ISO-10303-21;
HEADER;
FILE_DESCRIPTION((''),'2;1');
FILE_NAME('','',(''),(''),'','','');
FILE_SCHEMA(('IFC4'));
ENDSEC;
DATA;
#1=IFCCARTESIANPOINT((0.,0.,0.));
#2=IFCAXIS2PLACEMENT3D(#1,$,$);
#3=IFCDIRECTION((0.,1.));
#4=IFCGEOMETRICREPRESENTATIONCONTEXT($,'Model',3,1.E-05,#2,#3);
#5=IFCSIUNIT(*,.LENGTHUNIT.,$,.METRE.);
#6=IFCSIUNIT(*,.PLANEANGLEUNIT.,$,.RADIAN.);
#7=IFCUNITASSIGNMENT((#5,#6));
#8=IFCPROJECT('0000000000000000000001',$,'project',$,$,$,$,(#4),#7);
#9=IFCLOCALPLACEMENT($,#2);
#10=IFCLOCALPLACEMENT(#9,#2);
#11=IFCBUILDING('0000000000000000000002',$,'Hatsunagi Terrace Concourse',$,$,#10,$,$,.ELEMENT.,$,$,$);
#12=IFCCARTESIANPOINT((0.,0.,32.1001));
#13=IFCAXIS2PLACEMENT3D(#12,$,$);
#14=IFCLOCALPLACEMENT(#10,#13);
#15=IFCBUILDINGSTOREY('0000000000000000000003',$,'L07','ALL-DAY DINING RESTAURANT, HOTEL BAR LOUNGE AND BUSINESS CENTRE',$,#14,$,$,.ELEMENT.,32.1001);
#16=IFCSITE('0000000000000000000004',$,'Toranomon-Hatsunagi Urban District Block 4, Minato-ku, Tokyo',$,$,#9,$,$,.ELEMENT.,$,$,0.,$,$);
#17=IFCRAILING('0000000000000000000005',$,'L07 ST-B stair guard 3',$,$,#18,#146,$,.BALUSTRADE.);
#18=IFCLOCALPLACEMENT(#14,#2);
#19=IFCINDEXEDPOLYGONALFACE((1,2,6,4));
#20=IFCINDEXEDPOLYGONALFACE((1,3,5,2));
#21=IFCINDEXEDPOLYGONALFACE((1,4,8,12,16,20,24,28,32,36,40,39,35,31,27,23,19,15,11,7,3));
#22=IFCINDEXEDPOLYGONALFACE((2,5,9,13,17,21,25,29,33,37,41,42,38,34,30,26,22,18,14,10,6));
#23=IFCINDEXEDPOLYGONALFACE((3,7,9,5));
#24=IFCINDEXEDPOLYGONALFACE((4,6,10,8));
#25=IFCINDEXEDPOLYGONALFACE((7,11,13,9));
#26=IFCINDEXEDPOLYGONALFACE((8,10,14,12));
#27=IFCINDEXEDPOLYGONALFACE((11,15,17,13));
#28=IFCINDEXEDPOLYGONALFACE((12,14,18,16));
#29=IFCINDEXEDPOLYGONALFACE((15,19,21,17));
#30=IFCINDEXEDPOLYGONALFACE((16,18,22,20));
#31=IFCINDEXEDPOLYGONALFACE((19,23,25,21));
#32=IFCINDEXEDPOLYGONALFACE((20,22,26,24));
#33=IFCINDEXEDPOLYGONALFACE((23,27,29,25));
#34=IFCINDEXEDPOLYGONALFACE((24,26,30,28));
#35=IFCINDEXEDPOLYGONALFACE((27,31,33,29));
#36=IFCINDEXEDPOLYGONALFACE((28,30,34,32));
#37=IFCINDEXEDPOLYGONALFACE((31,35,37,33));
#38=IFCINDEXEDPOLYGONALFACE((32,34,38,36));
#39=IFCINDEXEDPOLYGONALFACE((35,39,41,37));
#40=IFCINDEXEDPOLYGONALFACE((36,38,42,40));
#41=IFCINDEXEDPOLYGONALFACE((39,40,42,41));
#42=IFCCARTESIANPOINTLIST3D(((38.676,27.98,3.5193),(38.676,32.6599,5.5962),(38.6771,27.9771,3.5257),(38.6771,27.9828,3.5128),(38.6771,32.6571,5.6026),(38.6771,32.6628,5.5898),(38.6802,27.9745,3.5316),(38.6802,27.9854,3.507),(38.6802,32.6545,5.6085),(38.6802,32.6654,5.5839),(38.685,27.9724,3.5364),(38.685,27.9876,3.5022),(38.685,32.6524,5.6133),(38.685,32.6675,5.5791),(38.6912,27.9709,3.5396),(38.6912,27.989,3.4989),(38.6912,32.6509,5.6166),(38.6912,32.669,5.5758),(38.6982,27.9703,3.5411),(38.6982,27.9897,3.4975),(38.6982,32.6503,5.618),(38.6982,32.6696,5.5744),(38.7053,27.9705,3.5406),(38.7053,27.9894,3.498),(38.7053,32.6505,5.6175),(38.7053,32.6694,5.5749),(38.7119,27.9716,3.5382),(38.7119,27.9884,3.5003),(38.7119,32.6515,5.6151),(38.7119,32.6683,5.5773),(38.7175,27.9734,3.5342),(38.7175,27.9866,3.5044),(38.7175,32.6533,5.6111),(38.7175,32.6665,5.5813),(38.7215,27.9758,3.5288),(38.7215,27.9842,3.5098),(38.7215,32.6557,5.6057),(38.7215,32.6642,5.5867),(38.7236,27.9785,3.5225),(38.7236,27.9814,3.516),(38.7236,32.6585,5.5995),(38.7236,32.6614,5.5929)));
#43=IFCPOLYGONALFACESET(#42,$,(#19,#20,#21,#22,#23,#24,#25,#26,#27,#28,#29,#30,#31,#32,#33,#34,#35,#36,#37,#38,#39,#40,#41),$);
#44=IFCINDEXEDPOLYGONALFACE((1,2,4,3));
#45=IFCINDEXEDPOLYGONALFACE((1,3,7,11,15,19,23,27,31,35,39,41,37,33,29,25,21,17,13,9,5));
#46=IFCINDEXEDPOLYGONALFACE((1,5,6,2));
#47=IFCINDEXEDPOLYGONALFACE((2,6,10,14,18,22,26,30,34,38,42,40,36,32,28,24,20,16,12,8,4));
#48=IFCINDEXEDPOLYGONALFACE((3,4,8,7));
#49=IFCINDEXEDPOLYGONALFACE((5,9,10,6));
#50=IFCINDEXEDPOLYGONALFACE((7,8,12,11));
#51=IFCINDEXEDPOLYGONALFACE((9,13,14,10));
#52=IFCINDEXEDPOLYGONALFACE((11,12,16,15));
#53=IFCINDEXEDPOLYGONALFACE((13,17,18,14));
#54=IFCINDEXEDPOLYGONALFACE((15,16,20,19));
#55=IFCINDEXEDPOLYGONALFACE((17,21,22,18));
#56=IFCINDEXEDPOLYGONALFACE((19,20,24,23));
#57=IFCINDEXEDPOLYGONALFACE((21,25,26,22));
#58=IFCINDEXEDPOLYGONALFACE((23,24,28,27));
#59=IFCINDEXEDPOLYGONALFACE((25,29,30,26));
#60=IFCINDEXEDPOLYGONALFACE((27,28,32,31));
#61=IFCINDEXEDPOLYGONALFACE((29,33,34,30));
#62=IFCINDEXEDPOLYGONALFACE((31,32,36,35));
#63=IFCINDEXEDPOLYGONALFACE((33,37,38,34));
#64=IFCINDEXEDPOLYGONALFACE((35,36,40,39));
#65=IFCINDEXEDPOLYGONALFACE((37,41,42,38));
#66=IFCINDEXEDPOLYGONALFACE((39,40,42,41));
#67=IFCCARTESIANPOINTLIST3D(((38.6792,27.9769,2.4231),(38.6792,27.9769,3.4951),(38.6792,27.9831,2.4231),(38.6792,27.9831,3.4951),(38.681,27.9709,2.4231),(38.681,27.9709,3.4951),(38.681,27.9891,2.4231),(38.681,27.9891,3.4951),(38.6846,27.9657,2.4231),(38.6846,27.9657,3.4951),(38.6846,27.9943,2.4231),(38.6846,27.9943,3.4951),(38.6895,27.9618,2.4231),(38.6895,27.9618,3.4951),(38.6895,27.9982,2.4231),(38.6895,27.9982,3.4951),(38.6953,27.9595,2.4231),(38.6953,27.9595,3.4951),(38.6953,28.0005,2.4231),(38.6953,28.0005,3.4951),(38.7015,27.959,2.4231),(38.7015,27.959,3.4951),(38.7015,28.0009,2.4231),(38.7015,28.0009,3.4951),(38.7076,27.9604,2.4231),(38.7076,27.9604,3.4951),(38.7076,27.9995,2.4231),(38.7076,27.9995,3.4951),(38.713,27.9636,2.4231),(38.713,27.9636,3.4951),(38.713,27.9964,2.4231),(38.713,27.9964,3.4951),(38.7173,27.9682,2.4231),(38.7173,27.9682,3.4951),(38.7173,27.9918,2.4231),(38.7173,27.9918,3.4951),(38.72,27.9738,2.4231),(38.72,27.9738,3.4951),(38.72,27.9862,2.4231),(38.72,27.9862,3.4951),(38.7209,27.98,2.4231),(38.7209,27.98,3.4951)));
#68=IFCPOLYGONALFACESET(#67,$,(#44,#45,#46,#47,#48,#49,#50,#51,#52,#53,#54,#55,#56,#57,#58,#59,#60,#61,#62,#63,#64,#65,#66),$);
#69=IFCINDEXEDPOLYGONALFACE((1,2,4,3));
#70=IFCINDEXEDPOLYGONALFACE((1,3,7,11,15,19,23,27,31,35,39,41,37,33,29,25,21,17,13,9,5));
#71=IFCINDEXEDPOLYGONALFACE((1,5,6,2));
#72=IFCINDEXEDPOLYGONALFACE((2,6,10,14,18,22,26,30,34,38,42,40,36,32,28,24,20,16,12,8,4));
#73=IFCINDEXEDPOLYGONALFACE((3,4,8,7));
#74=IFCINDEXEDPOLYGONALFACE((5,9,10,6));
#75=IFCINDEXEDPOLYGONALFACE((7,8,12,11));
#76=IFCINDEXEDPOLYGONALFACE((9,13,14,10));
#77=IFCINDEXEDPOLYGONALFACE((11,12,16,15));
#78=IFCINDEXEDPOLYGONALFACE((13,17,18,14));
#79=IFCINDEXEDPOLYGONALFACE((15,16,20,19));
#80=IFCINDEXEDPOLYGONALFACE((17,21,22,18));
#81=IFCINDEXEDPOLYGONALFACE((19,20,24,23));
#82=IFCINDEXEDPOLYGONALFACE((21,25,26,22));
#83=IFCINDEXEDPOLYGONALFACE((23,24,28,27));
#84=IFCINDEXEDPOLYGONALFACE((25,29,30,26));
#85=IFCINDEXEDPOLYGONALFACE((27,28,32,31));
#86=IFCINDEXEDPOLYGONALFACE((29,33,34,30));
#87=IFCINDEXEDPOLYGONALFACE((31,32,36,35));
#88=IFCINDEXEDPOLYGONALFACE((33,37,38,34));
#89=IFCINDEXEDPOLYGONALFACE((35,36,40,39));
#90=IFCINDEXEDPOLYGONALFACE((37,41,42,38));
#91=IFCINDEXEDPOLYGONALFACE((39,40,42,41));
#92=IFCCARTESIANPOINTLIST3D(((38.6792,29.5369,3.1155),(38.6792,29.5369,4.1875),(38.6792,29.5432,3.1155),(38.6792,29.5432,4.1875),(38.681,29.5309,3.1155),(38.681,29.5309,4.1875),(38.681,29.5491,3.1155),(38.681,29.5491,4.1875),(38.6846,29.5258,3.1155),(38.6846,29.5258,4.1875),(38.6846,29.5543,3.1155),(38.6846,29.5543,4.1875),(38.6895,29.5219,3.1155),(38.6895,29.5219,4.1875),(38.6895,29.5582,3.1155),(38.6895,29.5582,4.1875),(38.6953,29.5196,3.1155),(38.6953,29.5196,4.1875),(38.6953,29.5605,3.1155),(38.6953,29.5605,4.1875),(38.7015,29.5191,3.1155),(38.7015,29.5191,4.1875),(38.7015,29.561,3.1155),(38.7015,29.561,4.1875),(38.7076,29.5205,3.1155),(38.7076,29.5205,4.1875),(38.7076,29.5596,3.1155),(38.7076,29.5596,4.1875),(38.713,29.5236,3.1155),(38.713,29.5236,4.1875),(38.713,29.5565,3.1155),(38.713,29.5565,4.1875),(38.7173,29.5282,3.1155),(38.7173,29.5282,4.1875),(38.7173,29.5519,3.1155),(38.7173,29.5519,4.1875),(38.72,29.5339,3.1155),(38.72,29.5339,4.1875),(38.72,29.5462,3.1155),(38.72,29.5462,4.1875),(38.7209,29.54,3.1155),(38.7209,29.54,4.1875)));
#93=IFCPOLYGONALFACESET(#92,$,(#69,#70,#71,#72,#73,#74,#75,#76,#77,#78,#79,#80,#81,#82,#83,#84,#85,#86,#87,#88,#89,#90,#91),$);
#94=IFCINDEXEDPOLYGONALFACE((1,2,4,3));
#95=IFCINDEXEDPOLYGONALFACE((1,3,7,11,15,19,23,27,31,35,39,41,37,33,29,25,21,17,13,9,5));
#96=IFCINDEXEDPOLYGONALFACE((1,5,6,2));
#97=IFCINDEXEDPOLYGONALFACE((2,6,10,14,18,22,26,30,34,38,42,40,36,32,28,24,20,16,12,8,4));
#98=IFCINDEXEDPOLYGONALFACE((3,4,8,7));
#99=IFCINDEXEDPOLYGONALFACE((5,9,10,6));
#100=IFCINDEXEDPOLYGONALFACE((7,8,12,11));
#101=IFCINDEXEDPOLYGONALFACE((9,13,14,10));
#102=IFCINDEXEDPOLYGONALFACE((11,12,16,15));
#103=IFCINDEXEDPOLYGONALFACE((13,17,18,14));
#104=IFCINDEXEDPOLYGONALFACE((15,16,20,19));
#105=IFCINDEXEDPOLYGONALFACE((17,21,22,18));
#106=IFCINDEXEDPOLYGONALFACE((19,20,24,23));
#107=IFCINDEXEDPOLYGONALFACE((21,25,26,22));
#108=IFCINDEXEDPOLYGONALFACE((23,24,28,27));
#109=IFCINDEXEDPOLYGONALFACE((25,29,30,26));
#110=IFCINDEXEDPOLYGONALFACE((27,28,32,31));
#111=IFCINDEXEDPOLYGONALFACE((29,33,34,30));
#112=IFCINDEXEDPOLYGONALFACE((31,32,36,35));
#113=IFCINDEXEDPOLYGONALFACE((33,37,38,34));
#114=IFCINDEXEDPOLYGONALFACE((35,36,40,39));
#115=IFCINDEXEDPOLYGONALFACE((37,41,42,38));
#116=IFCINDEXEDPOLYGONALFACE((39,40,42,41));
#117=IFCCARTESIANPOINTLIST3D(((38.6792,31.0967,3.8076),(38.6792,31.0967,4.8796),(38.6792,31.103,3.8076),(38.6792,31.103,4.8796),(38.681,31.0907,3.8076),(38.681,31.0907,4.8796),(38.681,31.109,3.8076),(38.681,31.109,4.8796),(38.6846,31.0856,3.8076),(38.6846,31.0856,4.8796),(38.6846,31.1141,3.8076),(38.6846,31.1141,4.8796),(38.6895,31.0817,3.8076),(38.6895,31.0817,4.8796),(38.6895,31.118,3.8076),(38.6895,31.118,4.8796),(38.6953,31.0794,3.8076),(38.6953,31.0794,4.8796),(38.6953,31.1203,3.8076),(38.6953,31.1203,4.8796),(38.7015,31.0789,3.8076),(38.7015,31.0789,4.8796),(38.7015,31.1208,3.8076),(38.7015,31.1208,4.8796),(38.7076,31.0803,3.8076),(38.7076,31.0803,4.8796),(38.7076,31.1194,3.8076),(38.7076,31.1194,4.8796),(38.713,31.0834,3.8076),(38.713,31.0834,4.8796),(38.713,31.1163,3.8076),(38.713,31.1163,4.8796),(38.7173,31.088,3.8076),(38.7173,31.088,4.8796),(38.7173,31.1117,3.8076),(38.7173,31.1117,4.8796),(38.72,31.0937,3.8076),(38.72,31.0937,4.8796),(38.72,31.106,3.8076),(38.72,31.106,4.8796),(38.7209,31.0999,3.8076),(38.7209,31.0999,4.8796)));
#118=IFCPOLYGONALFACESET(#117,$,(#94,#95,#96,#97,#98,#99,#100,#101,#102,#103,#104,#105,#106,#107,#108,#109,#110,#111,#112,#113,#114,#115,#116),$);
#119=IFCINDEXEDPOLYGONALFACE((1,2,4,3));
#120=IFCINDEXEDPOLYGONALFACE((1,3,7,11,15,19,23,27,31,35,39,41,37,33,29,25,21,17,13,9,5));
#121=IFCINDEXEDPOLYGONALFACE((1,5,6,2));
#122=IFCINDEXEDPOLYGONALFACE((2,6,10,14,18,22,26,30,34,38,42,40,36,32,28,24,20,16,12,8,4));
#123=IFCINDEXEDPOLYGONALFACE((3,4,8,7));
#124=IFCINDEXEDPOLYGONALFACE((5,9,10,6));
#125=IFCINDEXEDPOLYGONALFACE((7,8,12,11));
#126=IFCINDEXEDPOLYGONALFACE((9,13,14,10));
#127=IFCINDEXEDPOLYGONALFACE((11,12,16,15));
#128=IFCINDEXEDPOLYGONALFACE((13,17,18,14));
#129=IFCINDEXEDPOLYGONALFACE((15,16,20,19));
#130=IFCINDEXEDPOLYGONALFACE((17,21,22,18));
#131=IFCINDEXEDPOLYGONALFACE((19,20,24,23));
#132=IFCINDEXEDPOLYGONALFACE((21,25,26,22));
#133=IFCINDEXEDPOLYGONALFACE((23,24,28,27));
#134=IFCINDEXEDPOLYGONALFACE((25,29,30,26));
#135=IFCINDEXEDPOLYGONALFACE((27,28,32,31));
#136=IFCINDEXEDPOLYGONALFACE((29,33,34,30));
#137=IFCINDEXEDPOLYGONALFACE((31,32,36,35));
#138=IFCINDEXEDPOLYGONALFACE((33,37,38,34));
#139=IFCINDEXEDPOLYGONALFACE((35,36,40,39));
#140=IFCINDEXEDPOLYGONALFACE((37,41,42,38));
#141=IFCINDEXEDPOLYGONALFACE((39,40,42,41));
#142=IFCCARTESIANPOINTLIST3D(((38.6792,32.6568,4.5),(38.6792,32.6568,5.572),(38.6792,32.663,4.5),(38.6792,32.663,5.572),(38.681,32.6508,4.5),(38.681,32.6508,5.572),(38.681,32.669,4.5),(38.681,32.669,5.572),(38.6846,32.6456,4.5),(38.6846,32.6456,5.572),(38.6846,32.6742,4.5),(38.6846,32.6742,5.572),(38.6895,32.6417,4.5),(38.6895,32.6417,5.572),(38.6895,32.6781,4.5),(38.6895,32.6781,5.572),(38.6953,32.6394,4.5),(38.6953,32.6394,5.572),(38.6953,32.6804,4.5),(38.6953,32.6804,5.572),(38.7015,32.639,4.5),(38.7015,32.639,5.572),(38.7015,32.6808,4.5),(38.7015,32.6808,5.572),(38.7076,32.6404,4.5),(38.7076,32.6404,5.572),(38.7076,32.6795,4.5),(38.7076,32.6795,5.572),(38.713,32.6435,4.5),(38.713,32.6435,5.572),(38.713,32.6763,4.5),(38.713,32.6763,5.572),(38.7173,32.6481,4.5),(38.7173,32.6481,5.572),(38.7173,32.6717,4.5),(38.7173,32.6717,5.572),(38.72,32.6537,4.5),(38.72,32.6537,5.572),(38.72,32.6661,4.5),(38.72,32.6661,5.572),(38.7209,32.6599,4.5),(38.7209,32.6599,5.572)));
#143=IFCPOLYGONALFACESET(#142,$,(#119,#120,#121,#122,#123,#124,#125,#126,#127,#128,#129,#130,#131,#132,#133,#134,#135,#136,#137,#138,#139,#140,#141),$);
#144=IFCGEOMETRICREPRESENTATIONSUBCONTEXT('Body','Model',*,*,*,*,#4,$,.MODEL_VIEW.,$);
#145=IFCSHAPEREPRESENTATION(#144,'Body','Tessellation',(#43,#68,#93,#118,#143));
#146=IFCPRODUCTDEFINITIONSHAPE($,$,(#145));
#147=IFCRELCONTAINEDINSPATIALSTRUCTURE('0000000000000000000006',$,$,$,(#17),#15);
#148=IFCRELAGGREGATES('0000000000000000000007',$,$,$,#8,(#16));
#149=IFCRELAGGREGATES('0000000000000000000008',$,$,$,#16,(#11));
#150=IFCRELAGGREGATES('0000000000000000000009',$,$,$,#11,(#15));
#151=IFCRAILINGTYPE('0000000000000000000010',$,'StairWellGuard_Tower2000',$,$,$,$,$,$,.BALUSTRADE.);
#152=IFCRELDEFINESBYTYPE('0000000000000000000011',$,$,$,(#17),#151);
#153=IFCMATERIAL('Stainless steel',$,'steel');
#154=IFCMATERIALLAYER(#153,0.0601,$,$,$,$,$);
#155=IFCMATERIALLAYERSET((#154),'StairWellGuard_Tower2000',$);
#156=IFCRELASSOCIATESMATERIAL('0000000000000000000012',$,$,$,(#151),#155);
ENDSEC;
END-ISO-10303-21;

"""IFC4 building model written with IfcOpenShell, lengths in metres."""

from ifc_helpers import new_model, si_unit, direction, frame, origin, origin_2d, place, context, subcontext, project, spatial, circle, extrude, material, layer, layer_set, type_object, element, save


model = new_model("IFC4")

# Units and contexts
model_context = context("Model", 3, precision=1e-05, world=origin(), true_north=direction((0.0, 1.0)))
body_context = subcontext(model_context, "Body", "Model", "MODEL_VIEW")
ifc_project = project(units=[si_unit("LENGTHUNIT", "METRE"), si_unit("PLANEANGLEUNIT", "RADIAN")], contexts=[model_context])

# Site, building, storey
site_placement = place(None, origin())
site = spatial("IfcSite", under=ifc_project, at=site_placement, Name="Toranomon-Hatsunagi Urban District Block 4, Minato-ku, Tokyo", CompositionType="ELEMENT", RefElevation=0.0)
building_placement = place(site_placement, origin())
building = spatial("IfcBuilding", under=site, at=building_placement, Name="Hatsunagi Terrace Concourse", CompositionType="ELEMENT")
storey_placement = place(building_placement, frame((0.0, 0.0, 32.1001)))
storey = spatial("IfcBuildingStorey", under=building, at=storey_placement, Name="L07", Description="ALL-DAY DINING RESTAURANT, HOTEL BAR LOUNGE AND BUSINESS CENTRE", CompositionType="ELEMENT", Elevation=32.1001)

# Railing
ifc_material_1 = material(Name="Stainless steel", Category="steel")
ifc_layer_1 = layer(ifc_material_1, 0.0601)
ifc_layer_set_1 = layer_set([ifc_layer_1], Name="StairWellGuard_Tower2000")
railing_type_1 = type_object("IfcRailingType", Name="StairWellGuard_Tower2000", PredefinedType="BALUSTRADE", material=ifc_layer_set_1)
railing_1_placement = place(storey_placement, frame((38.7, 27.98, 2.4231)))
element("IfcRailing", 1, at=railing_1_placement, inside=storey, type_object=railing_type_1, Name="L07 ST-B stair guard 3", PredefinedType="BALUSTRADE", context=body_context, shape_type="SweptSolid", body=[
    extrude(circle(Radius=0.0239, at=origin_2d()), frame((0.0, 0.0, 1.0962), z_axis=(0.0, 0.914034, 0.405638), x_axis=(-1.0, 0.0, 0.0)), (0.0, 0.0, 1.0), 5.1201),
    extrude(circle(Radius=0.021, at=origin_2d()), origin(), (0.0, 0.0, 1.0), 1.072),
    extrude(circle(Radius=0.021, at=origin_2d()), frame((0.0, 1.5601, 0.6924)), (0.0, 0.0, 1.0), 1.072),
    extrude(circle(Radius=0.021, at=origin_2d()), frame((0.0, 3.1199, 1.3845)), (0.0, 0.0, 1.0), 1.072),
    extrude(circle(Radius=0.021, at=origin_2d()), frame((0.0, 4.6799, 2.0769)), (0.0, 0.0, 1.0), 1.072),
])

save(model, "model.ifc")
